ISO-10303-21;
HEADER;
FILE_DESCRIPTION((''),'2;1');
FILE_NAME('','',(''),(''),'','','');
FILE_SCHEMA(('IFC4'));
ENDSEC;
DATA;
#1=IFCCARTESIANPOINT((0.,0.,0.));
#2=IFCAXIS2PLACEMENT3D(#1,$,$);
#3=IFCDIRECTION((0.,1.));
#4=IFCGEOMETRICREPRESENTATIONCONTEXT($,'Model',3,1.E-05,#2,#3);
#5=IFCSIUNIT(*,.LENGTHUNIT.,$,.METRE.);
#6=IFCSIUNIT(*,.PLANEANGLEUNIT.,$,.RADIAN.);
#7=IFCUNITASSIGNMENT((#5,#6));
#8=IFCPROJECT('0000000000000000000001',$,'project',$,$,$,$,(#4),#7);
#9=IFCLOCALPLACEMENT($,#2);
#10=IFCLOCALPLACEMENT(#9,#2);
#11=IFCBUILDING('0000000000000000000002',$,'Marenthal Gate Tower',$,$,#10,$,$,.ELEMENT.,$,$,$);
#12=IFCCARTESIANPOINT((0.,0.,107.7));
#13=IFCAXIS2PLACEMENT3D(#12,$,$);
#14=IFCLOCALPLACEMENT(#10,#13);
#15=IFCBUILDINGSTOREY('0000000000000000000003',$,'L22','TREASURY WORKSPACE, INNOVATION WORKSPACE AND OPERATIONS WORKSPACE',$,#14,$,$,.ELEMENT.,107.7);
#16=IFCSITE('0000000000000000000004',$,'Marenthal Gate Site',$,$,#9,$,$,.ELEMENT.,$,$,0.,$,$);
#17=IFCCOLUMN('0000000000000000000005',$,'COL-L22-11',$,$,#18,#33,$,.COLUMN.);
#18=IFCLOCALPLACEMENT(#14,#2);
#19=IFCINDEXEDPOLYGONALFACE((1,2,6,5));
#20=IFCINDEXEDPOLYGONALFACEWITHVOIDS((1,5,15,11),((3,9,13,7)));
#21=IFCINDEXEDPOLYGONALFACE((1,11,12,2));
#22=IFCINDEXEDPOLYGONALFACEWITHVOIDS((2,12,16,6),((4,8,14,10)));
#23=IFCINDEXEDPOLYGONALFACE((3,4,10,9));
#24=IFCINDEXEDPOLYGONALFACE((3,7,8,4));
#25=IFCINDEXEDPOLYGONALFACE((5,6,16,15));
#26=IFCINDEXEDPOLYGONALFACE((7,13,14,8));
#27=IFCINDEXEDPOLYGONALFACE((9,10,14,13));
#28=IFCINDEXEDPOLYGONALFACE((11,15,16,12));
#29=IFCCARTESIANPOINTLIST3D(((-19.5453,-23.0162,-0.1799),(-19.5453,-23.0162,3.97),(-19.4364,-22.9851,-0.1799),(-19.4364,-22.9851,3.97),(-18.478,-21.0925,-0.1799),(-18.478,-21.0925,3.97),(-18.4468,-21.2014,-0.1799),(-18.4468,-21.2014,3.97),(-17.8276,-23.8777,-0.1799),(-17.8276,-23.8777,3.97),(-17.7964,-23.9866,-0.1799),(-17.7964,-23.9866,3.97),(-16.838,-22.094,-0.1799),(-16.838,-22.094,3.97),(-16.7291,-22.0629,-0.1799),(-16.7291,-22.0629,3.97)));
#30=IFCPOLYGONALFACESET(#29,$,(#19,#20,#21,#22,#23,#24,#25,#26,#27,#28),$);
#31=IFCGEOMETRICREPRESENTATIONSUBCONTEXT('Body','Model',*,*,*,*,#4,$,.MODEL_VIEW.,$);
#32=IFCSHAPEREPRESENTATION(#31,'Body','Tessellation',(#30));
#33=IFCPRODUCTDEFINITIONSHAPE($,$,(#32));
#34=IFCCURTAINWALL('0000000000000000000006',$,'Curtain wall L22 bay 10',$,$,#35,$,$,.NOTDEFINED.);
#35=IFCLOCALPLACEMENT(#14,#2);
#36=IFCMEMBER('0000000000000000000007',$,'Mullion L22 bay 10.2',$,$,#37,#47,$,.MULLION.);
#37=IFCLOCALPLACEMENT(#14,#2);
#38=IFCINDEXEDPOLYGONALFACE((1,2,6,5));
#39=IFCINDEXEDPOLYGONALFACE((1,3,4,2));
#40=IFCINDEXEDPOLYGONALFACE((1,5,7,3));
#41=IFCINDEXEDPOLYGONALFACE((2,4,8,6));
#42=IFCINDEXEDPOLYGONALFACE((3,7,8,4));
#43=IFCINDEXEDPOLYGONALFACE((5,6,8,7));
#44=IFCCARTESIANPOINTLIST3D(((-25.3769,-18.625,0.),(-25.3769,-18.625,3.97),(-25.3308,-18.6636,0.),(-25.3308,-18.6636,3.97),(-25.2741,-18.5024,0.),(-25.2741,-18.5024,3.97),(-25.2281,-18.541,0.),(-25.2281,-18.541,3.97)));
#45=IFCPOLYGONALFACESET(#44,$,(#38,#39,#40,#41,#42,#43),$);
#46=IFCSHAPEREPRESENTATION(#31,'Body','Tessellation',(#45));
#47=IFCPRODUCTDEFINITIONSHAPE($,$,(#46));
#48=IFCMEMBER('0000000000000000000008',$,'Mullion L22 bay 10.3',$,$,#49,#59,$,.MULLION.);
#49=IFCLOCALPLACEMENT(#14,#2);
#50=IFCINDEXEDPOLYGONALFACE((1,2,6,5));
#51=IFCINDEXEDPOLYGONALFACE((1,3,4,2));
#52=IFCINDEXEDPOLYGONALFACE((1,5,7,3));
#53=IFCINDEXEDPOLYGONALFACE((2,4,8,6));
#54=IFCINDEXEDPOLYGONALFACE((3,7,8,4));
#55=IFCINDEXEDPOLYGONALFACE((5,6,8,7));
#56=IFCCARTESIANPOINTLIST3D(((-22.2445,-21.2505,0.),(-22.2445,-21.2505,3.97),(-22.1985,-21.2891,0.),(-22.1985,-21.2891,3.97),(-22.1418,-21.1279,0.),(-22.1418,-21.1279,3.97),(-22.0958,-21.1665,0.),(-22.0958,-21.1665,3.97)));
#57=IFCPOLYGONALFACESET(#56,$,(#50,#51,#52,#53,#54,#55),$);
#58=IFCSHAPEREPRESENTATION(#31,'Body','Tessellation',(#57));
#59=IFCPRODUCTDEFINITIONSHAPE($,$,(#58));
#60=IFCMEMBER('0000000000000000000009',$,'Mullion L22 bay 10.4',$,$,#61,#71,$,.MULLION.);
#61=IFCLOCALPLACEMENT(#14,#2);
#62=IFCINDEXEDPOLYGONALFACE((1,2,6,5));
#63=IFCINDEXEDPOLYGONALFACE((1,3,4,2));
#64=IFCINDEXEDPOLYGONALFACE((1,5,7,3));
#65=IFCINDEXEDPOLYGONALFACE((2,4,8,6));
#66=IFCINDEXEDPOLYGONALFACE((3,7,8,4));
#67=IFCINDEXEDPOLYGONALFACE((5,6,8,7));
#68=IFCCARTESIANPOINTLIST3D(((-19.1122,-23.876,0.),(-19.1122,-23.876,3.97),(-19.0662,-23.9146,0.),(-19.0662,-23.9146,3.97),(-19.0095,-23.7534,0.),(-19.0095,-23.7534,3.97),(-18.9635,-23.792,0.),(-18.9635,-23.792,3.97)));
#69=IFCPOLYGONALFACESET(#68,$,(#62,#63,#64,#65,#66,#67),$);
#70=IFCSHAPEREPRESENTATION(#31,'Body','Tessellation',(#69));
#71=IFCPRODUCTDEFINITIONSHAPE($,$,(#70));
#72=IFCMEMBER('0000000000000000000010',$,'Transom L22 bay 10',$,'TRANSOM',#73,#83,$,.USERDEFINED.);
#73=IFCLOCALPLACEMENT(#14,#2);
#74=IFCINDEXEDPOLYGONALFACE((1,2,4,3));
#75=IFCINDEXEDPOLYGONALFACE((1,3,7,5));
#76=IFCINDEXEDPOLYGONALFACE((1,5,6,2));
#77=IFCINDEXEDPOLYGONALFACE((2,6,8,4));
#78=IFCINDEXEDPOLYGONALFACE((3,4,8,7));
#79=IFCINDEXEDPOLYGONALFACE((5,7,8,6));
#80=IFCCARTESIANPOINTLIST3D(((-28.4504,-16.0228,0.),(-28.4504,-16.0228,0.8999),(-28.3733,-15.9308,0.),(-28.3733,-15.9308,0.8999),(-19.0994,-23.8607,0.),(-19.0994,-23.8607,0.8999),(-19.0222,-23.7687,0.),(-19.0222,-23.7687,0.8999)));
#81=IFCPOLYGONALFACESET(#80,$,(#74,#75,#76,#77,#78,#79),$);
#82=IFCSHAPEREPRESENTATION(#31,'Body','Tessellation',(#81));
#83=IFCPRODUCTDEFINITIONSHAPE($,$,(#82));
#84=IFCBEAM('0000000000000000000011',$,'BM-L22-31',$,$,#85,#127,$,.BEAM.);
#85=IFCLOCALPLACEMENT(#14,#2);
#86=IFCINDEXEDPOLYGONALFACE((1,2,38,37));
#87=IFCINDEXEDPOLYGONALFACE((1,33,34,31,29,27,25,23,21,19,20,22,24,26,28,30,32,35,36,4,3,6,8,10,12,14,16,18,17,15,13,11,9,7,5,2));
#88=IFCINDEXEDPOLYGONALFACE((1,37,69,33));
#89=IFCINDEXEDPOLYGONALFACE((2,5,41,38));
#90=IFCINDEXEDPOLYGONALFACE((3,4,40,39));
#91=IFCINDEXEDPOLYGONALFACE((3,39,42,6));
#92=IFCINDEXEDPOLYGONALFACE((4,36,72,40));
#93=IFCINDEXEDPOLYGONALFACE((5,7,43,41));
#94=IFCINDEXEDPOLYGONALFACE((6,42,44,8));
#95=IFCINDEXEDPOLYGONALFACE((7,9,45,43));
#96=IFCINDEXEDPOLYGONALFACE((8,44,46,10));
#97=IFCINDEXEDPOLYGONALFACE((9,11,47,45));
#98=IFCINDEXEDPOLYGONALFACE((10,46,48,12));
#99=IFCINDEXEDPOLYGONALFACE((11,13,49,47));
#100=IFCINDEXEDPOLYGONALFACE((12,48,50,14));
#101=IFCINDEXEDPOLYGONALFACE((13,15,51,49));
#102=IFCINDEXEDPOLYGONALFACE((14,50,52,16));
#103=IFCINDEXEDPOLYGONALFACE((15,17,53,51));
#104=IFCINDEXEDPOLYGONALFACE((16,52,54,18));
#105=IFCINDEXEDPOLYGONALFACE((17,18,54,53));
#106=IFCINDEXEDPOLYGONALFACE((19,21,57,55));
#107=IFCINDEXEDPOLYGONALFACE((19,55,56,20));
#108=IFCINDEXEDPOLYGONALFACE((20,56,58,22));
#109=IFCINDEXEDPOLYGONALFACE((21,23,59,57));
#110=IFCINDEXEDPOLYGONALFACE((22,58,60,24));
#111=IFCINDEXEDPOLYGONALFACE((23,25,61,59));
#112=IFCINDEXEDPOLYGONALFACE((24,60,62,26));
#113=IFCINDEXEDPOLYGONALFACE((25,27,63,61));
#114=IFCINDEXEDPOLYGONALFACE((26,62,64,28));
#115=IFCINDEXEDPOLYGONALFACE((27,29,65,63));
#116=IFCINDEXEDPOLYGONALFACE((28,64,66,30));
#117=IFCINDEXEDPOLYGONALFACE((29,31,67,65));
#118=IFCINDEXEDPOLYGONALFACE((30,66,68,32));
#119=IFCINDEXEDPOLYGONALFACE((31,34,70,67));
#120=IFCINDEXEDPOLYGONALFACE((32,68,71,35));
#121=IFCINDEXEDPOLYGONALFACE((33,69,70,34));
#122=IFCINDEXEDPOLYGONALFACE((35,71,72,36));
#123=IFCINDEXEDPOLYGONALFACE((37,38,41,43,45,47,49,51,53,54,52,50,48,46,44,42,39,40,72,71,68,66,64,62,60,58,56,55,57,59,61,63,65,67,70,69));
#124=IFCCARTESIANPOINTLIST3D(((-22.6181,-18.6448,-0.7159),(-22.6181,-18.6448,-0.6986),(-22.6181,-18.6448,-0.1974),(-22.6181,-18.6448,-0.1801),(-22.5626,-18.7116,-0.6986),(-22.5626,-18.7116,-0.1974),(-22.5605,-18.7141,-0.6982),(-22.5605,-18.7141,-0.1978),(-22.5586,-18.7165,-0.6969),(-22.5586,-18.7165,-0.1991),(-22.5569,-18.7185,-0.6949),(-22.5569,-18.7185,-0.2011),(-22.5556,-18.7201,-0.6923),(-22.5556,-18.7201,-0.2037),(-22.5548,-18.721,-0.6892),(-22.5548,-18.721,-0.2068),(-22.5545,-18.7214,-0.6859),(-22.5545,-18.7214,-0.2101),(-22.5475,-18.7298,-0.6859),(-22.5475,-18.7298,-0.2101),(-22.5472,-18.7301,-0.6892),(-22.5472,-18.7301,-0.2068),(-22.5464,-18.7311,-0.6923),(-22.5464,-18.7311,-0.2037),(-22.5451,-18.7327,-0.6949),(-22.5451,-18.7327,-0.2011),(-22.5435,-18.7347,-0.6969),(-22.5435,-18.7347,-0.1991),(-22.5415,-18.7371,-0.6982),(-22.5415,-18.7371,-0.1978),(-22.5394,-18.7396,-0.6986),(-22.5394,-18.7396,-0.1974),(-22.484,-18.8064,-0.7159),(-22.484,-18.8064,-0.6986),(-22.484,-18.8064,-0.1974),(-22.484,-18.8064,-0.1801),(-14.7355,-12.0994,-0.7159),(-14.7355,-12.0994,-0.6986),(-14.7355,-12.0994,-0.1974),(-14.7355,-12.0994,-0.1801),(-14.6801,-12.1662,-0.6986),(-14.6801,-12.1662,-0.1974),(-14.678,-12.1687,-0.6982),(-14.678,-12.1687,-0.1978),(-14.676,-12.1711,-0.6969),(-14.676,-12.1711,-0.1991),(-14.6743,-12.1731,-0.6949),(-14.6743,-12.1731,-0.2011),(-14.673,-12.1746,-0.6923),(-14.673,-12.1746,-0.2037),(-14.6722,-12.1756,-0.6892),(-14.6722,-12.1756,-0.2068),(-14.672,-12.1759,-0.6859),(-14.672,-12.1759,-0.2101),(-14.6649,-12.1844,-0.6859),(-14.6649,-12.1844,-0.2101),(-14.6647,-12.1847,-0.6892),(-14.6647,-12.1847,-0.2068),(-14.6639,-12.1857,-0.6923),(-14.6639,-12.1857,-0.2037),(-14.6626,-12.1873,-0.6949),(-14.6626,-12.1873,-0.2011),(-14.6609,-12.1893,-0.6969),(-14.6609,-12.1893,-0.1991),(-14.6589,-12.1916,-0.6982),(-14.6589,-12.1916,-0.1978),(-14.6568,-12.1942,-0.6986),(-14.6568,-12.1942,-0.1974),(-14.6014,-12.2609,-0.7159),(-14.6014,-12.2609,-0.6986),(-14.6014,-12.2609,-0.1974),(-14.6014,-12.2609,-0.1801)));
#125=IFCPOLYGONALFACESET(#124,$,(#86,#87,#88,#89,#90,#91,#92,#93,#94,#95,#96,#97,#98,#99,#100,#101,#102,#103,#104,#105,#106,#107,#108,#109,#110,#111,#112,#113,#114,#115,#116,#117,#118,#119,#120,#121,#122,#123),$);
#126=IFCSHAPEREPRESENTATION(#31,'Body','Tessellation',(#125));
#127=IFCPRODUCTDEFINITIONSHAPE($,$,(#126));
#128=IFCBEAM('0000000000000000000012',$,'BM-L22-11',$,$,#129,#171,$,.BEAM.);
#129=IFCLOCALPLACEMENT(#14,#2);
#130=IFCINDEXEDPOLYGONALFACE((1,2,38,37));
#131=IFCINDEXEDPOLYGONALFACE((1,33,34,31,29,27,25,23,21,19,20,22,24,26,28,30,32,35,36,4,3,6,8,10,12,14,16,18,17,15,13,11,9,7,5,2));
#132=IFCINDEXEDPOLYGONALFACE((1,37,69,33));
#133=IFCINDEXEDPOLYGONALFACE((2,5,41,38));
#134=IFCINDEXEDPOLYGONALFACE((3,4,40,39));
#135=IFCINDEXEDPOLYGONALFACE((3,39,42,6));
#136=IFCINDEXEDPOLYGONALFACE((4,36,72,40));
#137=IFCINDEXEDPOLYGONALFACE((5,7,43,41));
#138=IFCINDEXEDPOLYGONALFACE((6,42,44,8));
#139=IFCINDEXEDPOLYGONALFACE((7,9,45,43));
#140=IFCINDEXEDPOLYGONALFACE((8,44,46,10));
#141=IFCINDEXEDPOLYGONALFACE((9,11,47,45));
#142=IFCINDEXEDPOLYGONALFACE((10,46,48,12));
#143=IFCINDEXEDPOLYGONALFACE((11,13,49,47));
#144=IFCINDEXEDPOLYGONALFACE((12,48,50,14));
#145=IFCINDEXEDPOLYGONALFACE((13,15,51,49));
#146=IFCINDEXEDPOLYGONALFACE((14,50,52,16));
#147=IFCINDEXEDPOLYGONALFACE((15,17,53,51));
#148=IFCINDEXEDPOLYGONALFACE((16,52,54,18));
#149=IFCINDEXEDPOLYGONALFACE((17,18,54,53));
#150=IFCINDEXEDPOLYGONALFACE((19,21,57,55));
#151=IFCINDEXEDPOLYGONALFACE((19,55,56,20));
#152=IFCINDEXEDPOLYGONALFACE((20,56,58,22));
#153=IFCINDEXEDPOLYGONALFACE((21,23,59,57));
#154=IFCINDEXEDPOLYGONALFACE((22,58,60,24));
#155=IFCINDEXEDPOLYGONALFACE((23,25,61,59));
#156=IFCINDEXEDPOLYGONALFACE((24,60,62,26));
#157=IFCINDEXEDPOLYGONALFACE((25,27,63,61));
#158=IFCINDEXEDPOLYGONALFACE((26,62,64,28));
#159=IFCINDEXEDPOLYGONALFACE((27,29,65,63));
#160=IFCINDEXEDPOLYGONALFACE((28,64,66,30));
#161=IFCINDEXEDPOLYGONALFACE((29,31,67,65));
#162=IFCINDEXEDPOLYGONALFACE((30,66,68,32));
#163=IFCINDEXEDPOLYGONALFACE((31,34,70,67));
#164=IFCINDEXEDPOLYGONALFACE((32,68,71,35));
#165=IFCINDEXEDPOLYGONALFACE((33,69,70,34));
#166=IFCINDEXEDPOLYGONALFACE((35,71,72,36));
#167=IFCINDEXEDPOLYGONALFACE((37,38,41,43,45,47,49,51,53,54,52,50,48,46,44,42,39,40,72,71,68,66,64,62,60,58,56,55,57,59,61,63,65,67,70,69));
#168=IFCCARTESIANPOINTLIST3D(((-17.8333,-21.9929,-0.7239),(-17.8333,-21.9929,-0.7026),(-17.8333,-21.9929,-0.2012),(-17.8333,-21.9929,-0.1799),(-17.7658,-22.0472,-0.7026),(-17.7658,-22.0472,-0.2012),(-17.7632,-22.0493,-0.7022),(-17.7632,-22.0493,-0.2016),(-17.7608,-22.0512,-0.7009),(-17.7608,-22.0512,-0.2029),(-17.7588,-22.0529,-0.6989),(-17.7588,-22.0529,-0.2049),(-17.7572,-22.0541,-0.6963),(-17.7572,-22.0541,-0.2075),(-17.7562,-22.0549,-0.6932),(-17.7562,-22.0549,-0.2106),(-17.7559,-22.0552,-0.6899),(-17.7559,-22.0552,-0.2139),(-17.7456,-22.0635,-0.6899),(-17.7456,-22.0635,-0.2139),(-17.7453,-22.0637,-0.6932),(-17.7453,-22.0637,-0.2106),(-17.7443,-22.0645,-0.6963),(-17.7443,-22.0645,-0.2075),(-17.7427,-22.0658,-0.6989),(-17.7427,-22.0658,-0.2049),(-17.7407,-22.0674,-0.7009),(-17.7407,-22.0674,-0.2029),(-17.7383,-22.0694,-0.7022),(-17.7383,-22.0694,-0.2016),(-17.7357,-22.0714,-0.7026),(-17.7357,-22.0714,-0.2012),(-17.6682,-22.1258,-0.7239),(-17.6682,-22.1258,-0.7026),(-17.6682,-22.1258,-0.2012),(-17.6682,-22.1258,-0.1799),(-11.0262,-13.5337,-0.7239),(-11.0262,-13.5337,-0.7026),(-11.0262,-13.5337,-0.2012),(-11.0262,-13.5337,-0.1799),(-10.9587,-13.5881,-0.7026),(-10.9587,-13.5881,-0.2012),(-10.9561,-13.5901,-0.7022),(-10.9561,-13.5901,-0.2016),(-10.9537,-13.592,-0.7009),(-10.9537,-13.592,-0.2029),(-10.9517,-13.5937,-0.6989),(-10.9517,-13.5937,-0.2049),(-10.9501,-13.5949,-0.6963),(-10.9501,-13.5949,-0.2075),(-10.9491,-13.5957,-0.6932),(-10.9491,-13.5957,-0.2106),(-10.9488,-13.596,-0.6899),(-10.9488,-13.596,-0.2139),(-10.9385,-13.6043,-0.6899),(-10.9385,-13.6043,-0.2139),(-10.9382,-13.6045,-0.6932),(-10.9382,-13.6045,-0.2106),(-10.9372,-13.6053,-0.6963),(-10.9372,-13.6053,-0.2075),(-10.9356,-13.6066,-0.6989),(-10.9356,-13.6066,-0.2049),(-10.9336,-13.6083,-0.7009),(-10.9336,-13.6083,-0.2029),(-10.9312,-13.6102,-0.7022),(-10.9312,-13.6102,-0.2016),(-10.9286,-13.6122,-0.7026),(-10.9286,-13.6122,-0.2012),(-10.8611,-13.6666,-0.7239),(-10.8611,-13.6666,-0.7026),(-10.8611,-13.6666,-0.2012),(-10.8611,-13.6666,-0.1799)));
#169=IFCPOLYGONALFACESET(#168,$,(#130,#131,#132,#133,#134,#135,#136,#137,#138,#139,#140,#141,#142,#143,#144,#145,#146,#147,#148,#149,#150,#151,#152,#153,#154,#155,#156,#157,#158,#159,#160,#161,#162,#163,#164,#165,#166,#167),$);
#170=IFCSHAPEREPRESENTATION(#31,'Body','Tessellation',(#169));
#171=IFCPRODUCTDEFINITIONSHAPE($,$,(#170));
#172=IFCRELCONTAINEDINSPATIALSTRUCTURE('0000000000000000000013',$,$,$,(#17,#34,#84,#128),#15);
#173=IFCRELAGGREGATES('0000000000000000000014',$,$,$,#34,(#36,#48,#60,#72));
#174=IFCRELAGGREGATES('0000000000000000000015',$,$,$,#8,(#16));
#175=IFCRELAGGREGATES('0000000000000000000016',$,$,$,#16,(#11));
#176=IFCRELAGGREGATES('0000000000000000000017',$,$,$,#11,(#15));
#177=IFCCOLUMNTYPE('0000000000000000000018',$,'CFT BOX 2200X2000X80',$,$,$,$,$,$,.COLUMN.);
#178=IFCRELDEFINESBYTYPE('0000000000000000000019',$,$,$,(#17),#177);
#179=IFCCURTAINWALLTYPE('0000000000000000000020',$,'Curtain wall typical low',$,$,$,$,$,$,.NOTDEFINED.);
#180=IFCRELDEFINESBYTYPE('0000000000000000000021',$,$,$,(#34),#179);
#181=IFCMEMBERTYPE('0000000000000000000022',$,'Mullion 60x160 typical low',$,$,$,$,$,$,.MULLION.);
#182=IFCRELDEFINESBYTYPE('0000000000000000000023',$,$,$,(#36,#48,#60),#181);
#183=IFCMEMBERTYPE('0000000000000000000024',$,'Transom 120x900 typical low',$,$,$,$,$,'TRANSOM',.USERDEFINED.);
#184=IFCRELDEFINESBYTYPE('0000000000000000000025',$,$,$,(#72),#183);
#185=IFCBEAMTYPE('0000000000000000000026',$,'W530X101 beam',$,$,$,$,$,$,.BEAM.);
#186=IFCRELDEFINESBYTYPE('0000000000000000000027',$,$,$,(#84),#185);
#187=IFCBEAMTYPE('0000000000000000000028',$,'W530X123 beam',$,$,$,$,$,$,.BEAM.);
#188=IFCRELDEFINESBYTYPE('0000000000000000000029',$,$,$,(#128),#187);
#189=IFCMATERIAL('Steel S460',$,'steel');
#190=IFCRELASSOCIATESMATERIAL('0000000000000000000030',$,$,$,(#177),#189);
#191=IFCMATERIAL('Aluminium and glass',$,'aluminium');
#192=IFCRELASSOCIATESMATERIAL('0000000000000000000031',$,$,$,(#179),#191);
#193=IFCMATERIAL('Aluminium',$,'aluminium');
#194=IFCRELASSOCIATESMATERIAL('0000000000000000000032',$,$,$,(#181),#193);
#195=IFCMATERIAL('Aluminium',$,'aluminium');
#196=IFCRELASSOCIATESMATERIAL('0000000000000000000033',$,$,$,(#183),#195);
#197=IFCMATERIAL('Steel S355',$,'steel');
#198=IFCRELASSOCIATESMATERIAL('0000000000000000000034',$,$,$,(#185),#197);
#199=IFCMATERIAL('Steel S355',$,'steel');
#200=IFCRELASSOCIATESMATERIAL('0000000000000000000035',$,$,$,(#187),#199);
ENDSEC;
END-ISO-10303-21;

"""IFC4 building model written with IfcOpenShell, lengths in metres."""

from ifc_helpers import new_model, si_unit, direction, frame, origin, origin_2d, place, context, subcontext, project, spatial, rectangle, hollow_rectangle, i_section, extrude, material, material_profile, profile_set, type_object, element, aggregate, save


model = new_model("IFC4")

# Units and contexts
model_context = context("Model", 3, precision=1e-05, world=origin(), true_north=direction((0.0, 1.0)))
body_context = subcontext(model_context, "Body", "Model", "MODEL_VIEW")
ifc_project = project(units=[si_unit("LENGTHUNIT", "METRE"), si_unit("PLANEANGLEUNIT", "RADIAN")], contexts=[model_context])

# Site, building, storey
site_placement = place(None, origin())
site = spatial("IfcSite", under=ifc_project, at=site_placement, Name="Marenthal Gate Site", CompositionType="ELEMENT", RefElevation=0.0)
building_placement = place(site_placement, origin())
building = spatial("IfcBuilding", under=site, at=building_placement, Name="Marenthal Gate Tower", CompositionType="ELEMENT")
storey_placement = place(building_placement, frame((0.0, 0.0, 107.7)))
storey = spatial("IfcBuildingStorey", under=building, at=storey_placement, Name="L22", Description="TREASURY WORKSPACE, INNOVATION WORKSPACE AND OPERATIONS WORKSPACE", CompositionType="ELEMENT", Elevation=107.7)

# Column
ifc_material_1 = material(Name="Steel S460", Category="steel")
ifc_material_profile_1 = material_profile(ifc_material_1, hollow_rectangle(XDim=2.0, YDim=2.2, WallThickness=0.0801, at=origin_2d()), Name="CFT BOX 2200X2000X80")
ifc_material_2 = material(Name="Concrete 70 MPa", Category="concrete")
ifc_material_profile_2 = material_profile(ifc_material_2, rectangle(XDim=1.8401, YDim=2.04, at=origin_2d()), Name="CFT BOX 2200X2000X80 INFILL")
ifc_profile_set_1 = profile_set([ifc_material_profile_1, ifc_material_profile_2], Name="Steel S460 shell, Concrete 70 MPa infill")
column_type = type_object("IfcColumnType", Name="CFT BOX 2200X2000X80", PredefinedType="COLUMN", material=ifc_profile_set_1)
column_placement = place(storey_placement, frame((-18.1372, -22.5396, -0.1799), z_axis=(0.0, 0.0, 1.0), x_axis=(-0.874427, 0.485158, 0.0)))
element("IfcColumn", 1, at=column_placement, inside=storey, type_object=column_type, Name="COL-L22-11", PredefinedType="COLUMN", context=body_context, shape_type="SweptSolid", body=[
    extrude(hollow_rectangle(XDim=2.0, YDim=2.2, WallThickness=0.0801, at=origin_2d()), origin(), (0.0, 0.0, 1.0), 4.1499),
])

# Curtain wall, members
ifc_material_3 = material(Name="Aluminium and glass", Category="aluminium")
curtain_wall_type = type_object("IfcCurtainWallType", Name="Curtain wall typical low", PredefinedType="NOTDEFINED", material=ifc_material_3)
curtain_wall_placement = place(storey_placement, origin())
curtain_wall = element("IfcCurtainWall", 2, at=curtain_wall_placement, inside=storey, type_object=curtain_wall_type, Name="Curtain wall L22 bay 10", PredefinedType="NOTDEFINED")
ifc_material_4 = material(Name="Aluminium", Category="aluminium")
ifc_material_profile_3 = material_profile(ifc_material_4, rectangle(XDim=0.1599, YDim=0.0601, at=origin_2d()), Name="60x160 aluminium mullion")
ifc_profile_set_2 = profile_set([ifc_material_profile_3], Name="Aluminium")
member_type_1 = type_object("IfcMemberType", Name="Mullion 60x160 typical low", PredefinedType="MULLION", material=ifc_profile_set_2)
member_1_placement = place(storey_placement, frame((-25.3025, -18.583, 0.0), z_axis=(0.0, 0.0, 1.0), x_axis=(0.642377, 0.766389, 0.0)))
member_1 = element("IfcMember", 3, at=member_1_placement, type_object=member_type_1, Name="Mullion L22 bay 10.2", PredefinedType="MULLION", context=body_context, shape_type="SweptSolid", body=[
    extrude(rectangle(XDim=0.1599, YDim=0.0601, at=origin_2d()), origin(), (0.0, 0.0, 1.0), 3.97),
])
member_2_placement = place(storey_placement, frame((-22.1702, -21.2085, 0.0), z_axis=(0.0, 0.0, 1.0), x_axis=(0.642377, 0.766389, 0.0)))
member_2 = element("IfcMember", 4, at=member_2_placement, type_object=member_type_1, Name="Mullion L22 bay 10.3", PredefinedType="MULLION", context=body_context, shape_type="SweptSolid", body=[
    extrude(rectangle(XDim=0.1599, YDim=0.0601, at=origin_2d()), origin(), (0.0, 0.0, 1.0), 3.97),
])
member_3_placement = place(storey_placement, frame((-19.0378, -23.834, 0.0), z_axis=(0.0, 0.0, 1.0), x_axis=(0.642377, 0.766389, 0.0)))
member_3 = element("IfcMember", 5, at=member_3_placement, type_object=member_type_1, Name="Mullion L22 bay 10.4", PredefinedType="MULLION", context=body_context, shape_type="SweptSolid", body=[
    extrude(rectangle(XDim=0.1599, YDim=0.0601, at=origin_2d()), origin(), (0.0, 0.0, 1.0), 3.97),
])
ifc_material_5 = material(Name="Aluminium", Category="aluminium")
ifc_material_profile_4 = material_profile(ifc_material_5, rectangle(XDim=0.1201, YDim=0.8999, at=origin_2d()), Name="120x900 aluminium transom")
ifc_profile_set_3 = profile_set([ifc_material_profile_4], Name="Aluminium")
member_type_2 = type_object("IfcMemberType", Name="Transom 120x900 typical low", ElementType="TRANSOM", PredefinedType="USERDEFINED", material=ifc_profile_set_3)
member_4_placement = place(storey_placement, frame((-28.4119, -15.9768, 0.45), z_axis=(0.766391, -0.642374, 0.0), x_axis=(0.642374, 0.766391, 0.0)))
member_4 = element("IfcMember", 6, at=member_4_placement, type_object=member_type_2, Name="Transom L22 bay 10", ObjectType="TRANSOM", PredefinedType="USERDEFINED", context=body_context, shape_type="SweptSolid", body=[
    extrude(rectangle(XDim=0.1201, YDim=0.8999, at=origin_2d()), origin(), (0.0, 0.0, 1.0), 12.2014),
])

# Beams
ifc_material_6 = material(Name="Steel S355", Category="steel")
ifc_material_profile_5 = material_profile(ifc_material_6, i_section(OverallWidth=0.21, OverallDepth=0.5359, WebThickness=0.011, FlangeThickness=0.0173, FilletRadius=0.0127, at=origin_2d()), Name="W530X101")
ifc_profile_set_4 = profile_set([ifc_material_profile_5], Name="Steel S355")
beam_type_1 = type_object("IfcBeamType", Name="W530X101 beam", PredefinedType="BEAM", material=ifc_profile_set_4)
beam_1_placement = place(storey_placement, frame((-22.551, -18.7256, -0.448), z_axis=(0.769343, 0.638836, 0.0), x_axis=(-0.638836, 0.769343, 0.0)))
element("IfcBeam", 7, at=beam_1_placement, inside=storey, type_object=beam_type_1, Name="BM-L22-31", PredefinedType="BEAM", context=body_context, shape_type="SweptSolid", body=[
    extrude(i_section(OverallWidth=0.21, OverallDepth=0.5359, WebThickness=0.011, FlangeThickness=0.0173, FilletRadius=0.0127, at=origin_2d()), origin(), (0.0, 0.0, 1.0), 10.2458),
])
ifc_material_7 = material(Name="Steel S355", Category="steel")
ifc_material_profile_6 = material_profile(ifc_material_7, i_section(OverallWidth=0.2119, OverallDepth=0.5439, WebThickness=0.0132, FlangeThickness=0.0212, FilletRadius=0.0127, at=origin_2d()), Name="W530X123")
ifc_profile_set_5 = profile_set([ifc_material_profile_6], Name="Steel S355")
beam_type_2 = type_object("IfcBeamType", Name="W530X123 beam", PredefinedType="BEAM", material=ifc_profile_set_5)
beam_2_placement = place(storey_placement, frame((-17.7507, -22.0593, -0.4519), z_axis=(0.626925, 0.77908, 0.0), x_axis=(-0.77908, 0.626925, 0.0)))
element("IfcBeam", 8, at=beam_2_placement, inside=storey, type_object=beam_type_2, Name="BM-L22-11", PredefinedType="BEAM", context=body_context, shape_type="SweptSolid", body=[
    extrude(i_section(OverallWidth=0.2119, OverallDepth=0.5439, WebThickness=0.0132, FlangeThickness=0.0212, FilletRadius=0.0127, at=origin_2d()), origin(), (0.0, 0.0, 1.0), 10.8579),
])

aggregate(curtain_wall, [member_1, member_2, member_3, member_4])

save(model, "model.ifc")
